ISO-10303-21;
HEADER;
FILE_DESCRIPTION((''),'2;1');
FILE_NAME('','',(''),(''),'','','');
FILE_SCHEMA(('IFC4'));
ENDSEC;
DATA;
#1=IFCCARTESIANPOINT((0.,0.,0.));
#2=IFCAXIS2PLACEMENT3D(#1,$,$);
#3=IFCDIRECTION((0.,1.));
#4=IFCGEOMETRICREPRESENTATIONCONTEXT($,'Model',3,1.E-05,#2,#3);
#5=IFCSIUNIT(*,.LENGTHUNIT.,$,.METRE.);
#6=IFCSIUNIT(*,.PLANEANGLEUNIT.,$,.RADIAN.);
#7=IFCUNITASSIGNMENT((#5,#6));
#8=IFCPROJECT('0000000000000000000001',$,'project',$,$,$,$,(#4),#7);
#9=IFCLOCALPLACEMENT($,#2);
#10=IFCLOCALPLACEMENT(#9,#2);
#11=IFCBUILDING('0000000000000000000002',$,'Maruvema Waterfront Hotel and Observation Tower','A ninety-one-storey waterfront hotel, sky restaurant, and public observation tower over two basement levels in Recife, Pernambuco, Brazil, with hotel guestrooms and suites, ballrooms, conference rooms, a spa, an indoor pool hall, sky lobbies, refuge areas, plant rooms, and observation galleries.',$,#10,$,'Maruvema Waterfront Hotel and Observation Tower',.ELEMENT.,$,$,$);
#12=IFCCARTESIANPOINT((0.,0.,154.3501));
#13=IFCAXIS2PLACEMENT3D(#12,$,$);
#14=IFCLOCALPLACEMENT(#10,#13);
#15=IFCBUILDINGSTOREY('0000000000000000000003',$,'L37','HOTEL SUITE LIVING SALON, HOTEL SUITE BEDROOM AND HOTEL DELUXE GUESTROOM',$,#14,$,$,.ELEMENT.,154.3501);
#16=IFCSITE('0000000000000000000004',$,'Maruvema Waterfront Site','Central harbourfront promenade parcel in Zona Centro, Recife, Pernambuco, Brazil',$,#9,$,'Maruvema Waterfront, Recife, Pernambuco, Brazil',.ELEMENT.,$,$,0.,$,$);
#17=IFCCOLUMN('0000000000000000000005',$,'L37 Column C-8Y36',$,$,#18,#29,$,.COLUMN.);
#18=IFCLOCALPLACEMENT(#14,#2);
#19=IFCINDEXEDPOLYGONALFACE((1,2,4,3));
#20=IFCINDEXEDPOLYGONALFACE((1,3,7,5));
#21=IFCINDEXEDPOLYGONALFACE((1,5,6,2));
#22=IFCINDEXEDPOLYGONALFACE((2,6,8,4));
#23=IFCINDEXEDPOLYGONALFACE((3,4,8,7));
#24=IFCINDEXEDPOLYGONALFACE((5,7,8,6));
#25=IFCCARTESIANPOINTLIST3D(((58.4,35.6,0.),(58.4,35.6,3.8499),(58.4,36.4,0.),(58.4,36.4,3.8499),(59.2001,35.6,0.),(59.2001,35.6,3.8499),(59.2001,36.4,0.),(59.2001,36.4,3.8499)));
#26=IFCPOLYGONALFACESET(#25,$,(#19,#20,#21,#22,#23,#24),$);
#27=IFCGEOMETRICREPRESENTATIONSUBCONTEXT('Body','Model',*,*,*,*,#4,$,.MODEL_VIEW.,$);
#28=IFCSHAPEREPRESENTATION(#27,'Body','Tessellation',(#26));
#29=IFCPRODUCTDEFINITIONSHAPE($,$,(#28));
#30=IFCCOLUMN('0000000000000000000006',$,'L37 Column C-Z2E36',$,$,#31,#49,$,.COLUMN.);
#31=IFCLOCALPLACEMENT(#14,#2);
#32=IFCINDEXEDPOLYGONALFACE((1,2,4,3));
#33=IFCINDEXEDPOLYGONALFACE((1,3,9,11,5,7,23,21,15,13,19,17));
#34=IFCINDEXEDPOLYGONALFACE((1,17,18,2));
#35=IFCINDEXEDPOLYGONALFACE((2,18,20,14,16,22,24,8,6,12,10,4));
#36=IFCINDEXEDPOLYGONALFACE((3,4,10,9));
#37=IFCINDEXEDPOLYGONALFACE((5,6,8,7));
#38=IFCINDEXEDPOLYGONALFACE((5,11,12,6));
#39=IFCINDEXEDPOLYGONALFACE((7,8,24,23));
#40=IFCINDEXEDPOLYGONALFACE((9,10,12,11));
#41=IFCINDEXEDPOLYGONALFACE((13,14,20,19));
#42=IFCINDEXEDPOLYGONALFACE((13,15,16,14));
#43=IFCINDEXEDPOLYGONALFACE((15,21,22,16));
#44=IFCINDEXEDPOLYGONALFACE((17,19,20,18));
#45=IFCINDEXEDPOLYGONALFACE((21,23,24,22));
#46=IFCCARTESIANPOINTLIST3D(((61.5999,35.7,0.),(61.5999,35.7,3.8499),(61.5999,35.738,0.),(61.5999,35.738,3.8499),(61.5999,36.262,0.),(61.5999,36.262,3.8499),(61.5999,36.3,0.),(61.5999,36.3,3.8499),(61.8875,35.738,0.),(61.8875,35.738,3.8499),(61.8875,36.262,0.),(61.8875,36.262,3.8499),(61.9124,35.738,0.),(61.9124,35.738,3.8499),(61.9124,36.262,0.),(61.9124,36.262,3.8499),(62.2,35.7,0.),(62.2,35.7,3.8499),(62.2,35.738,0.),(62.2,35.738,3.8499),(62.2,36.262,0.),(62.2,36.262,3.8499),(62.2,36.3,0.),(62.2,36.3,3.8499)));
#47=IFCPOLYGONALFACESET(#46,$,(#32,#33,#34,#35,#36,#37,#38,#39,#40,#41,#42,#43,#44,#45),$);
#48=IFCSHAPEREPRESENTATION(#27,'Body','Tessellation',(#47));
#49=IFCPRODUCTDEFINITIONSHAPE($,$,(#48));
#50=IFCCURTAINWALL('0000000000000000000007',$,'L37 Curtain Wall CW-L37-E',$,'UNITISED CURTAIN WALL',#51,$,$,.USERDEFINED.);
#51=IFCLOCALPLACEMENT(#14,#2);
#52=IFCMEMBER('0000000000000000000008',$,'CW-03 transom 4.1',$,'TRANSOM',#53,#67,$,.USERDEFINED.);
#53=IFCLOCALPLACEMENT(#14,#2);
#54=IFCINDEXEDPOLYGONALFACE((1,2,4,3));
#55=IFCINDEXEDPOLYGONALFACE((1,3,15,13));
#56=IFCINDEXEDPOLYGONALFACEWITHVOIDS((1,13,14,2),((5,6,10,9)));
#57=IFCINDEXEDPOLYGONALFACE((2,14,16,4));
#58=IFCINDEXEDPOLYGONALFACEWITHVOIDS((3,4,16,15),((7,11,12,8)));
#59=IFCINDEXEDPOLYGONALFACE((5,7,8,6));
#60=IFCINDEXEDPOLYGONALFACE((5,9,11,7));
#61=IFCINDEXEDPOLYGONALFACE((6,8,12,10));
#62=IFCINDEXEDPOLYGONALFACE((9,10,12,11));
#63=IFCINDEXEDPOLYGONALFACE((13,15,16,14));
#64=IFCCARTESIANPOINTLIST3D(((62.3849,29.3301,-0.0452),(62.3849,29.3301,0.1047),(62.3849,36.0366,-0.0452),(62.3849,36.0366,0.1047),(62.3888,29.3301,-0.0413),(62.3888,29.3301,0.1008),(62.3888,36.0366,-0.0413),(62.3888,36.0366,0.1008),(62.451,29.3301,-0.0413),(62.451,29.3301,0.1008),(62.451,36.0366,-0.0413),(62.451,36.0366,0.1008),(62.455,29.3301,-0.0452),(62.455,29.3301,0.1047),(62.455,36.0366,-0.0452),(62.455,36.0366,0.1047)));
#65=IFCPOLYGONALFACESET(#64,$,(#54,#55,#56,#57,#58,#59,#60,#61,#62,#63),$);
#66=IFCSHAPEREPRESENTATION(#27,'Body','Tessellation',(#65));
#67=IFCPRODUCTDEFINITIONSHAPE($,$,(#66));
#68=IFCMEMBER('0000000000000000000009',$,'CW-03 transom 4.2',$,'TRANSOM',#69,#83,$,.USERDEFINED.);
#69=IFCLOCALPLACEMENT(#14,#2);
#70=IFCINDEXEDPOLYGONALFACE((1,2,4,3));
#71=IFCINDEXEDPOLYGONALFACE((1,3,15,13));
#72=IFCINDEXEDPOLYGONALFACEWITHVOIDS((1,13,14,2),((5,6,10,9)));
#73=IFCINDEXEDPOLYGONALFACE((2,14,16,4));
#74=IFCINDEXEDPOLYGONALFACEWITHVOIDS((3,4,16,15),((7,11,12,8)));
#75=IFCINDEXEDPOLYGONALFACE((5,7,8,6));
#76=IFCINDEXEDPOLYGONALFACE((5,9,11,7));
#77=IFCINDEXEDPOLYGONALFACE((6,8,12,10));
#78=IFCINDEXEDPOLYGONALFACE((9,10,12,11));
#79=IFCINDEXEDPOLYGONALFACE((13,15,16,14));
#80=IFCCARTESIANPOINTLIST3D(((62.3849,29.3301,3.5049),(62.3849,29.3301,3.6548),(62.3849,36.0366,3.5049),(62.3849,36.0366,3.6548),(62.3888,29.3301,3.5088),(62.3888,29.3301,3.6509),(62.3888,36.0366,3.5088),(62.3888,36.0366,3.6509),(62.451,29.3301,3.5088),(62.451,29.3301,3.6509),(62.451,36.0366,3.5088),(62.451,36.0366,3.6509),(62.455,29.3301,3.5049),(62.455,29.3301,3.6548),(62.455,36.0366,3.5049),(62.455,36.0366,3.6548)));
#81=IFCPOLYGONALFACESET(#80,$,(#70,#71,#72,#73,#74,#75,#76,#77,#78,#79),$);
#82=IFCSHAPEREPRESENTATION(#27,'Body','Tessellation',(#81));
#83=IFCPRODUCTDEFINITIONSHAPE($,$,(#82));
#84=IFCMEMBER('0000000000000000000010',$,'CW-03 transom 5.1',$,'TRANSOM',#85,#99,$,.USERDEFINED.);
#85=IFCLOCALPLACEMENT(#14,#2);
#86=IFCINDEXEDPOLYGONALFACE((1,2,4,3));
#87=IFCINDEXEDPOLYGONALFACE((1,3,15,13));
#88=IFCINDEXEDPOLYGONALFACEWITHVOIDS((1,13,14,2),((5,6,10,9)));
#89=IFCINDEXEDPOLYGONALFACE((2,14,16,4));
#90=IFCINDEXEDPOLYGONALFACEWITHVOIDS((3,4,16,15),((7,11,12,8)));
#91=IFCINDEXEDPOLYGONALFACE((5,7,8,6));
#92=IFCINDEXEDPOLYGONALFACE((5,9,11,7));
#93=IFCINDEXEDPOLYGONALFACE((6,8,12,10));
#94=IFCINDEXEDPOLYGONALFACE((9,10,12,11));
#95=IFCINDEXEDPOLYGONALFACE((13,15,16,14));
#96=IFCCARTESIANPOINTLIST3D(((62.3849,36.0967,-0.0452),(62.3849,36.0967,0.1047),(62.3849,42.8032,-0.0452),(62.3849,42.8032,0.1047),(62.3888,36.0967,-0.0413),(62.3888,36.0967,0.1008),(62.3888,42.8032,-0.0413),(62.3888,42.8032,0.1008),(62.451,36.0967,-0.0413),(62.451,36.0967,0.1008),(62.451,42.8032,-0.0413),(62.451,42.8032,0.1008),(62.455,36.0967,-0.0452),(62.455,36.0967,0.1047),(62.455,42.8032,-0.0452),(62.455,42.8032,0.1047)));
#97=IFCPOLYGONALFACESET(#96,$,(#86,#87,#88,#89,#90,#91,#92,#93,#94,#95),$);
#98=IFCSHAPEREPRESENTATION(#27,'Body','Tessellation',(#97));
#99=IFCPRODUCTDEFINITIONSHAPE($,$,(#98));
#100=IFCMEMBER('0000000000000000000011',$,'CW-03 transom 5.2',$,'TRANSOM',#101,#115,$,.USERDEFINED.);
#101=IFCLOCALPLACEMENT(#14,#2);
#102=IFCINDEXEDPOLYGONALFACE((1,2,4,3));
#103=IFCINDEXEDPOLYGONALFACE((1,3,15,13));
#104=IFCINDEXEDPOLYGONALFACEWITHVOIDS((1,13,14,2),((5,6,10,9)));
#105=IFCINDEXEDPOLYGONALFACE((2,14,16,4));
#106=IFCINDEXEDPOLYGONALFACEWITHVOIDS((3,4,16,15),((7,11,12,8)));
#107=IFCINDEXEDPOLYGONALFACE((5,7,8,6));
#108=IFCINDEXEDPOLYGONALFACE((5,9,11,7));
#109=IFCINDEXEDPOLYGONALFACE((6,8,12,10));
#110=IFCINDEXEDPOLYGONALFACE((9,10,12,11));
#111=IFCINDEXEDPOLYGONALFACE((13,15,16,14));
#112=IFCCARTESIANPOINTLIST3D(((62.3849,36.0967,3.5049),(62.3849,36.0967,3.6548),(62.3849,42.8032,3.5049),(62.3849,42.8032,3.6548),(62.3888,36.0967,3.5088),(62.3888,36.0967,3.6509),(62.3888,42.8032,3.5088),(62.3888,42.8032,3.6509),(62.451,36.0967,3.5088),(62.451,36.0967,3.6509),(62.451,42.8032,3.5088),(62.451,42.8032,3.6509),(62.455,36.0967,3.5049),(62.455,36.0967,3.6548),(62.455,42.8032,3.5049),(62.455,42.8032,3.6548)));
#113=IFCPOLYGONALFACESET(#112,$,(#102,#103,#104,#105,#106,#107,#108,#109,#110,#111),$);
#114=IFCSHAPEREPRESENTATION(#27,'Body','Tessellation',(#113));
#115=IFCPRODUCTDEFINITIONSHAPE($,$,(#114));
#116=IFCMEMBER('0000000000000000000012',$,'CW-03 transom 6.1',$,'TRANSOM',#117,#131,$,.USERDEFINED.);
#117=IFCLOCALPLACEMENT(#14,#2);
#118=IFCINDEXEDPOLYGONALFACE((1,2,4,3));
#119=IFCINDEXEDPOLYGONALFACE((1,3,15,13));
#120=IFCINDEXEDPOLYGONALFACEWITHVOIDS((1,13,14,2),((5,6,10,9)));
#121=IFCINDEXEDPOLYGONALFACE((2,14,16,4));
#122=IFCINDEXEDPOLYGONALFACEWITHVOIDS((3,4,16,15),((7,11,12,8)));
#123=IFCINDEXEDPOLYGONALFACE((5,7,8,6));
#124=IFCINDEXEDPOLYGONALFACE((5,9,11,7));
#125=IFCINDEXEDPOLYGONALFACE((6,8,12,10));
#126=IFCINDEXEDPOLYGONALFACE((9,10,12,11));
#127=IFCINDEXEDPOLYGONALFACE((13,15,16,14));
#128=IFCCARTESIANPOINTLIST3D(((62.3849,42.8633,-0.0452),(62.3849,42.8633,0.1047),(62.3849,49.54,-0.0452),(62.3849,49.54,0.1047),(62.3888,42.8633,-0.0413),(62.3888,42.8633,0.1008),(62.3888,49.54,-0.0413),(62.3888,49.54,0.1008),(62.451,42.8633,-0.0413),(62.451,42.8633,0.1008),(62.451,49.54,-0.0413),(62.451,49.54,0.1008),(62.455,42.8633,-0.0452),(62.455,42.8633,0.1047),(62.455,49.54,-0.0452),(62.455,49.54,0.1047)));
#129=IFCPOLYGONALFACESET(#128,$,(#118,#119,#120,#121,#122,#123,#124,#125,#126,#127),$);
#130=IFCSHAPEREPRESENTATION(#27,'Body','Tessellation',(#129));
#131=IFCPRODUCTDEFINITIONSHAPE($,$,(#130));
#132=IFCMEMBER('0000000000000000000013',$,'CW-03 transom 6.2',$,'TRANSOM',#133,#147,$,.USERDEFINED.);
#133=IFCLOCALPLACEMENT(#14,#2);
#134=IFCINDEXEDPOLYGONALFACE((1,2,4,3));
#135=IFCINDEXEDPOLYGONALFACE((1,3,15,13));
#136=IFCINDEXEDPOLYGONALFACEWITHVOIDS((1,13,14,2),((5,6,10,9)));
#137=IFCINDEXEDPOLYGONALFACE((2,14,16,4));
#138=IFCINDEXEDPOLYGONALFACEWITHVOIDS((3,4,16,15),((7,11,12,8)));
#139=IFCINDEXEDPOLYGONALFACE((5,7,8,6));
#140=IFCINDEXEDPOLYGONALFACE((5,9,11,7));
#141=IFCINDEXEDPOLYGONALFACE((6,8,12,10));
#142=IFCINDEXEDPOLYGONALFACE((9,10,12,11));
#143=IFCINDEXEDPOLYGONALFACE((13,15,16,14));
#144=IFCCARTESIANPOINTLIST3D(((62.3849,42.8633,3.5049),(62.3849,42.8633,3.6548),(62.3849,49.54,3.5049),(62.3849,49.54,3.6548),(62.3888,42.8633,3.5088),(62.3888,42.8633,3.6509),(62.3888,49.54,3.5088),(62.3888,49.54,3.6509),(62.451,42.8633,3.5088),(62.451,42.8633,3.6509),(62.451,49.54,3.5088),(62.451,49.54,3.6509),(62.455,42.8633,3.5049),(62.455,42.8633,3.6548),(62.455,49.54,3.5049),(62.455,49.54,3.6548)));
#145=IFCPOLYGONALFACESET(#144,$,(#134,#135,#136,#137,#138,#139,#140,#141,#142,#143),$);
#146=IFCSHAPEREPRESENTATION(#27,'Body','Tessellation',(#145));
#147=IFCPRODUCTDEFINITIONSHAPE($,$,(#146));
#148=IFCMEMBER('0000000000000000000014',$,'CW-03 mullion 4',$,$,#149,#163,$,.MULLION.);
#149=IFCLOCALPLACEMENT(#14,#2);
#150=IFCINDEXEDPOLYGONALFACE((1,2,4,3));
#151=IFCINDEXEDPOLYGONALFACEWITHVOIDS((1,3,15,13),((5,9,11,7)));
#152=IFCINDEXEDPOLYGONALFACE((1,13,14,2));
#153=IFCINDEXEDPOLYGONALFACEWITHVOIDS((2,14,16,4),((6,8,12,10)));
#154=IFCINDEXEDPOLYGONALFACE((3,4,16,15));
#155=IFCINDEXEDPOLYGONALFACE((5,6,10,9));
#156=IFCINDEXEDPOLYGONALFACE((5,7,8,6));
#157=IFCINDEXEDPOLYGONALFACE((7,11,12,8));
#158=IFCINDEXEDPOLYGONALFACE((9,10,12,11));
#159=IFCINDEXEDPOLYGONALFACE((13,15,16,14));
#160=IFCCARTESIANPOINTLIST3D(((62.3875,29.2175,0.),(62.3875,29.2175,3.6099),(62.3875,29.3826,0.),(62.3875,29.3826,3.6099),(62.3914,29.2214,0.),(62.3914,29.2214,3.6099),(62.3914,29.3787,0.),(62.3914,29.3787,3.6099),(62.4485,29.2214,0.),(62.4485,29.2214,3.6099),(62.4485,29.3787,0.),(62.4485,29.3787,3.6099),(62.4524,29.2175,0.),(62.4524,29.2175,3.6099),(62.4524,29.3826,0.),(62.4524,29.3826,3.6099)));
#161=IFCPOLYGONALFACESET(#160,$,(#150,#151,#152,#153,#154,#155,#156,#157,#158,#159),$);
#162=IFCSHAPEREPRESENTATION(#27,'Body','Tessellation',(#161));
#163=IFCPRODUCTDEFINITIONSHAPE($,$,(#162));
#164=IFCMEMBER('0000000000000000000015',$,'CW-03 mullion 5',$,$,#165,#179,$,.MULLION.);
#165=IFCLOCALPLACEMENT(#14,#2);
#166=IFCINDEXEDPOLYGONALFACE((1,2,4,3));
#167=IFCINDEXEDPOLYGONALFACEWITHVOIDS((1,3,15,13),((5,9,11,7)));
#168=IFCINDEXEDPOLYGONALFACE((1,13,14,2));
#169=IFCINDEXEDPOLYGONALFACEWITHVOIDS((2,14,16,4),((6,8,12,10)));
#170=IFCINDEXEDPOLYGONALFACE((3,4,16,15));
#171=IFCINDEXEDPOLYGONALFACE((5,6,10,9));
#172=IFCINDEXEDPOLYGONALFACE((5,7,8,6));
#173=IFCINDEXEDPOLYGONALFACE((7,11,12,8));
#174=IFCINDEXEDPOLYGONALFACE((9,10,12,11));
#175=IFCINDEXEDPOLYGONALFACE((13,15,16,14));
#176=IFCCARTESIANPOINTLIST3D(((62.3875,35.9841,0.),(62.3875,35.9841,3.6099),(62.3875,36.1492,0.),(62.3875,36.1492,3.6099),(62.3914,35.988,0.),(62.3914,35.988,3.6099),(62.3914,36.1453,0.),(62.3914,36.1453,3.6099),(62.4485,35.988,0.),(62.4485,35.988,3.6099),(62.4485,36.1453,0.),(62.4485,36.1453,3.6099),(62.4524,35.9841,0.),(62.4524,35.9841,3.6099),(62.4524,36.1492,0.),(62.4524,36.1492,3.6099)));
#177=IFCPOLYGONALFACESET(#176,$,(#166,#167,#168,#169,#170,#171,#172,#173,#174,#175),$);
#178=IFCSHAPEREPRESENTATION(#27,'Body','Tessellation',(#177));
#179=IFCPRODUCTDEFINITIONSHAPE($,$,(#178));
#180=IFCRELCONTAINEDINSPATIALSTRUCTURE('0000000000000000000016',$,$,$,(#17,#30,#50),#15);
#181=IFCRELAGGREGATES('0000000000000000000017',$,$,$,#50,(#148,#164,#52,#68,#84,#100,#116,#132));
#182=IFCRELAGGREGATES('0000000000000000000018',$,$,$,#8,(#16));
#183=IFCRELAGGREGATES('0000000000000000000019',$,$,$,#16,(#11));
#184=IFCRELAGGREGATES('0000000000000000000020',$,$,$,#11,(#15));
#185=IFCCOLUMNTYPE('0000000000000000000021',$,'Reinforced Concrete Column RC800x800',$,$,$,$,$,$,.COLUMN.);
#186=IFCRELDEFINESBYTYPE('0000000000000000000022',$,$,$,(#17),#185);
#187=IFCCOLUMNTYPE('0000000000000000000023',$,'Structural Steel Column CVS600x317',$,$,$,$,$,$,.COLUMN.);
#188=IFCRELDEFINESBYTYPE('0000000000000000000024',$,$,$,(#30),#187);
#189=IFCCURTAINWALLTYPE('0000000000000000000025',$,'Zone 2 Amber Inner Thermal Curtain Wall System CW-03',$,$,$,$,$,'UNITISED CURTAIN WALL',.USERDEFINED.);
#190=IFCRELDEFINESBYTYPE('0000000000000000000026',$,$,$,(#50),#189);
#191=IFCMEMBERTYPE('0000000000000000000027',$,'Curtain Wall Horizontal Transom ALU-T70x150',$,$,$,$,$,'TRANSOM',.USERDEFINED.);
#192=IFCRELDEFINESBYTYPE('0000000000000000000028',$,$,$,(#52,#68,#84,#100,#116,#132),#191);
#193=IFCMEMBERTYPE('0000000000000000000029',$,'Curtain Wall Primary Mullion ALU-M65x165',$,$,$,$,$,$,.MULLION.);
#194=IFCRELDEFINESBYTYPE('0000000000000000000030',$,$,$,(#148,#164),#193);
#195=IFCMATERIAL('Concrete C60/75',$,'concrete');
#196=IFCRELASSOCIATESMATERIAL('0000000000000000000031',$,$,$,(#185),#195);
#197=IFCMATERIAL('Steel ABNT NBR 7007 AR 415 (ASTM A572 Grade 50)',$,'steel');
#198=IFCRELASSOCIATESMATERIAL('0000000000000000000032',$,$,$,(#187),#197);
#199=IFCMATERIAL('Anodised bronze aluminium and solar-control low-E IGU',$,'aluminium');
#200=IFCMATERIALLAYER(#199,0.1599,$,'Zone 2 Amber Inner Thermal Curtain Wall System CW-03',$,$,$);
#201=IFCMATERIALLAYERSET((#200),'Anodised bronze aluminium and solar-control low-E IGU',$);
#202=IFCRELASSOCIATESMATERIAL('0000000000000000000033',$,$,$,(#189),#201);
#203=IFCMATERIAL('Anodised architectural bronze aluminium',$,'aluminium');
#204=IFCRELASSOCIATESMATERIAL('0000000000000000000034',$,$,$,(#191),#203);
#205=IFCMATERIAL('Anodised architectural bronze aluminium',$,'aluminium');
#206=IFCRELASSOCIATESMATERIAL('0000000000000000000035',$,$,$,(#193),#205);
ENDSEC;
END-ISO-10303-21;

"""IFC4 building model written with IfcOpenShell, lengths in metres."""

from ifc_helpers import new_model, si_unit, direction, frame, origin, origin_2d, place, context, subcontext, project, spatial, rectangle, hollow_rectangle, i_section, extrude, material, layer, layer_set, material_profile, profile_set, type_object, element, aggregate, save


model = new_model("IFC4")

# Units and contexts
model_context = context("Model", 3, precision=1e-05, world=origin(), true_north=direction((0.0, 1.0)))
body_context = subcontext(model_context, "Body", "Model", "MODEL_VIEW")
ifc_project = project(units=[si_unit("LENGTHUNIT", "METRE"), si_unit("PLANEANGLEUNIT", "RADIAN")], contexts=[model_context])

# Site, building, storey
site_placement = place(None, origin())
site = spatial("IfcSite", under=ifc_project, at=site_placement, Name="Maruvema Waterfront Site", Description="Central harbourfront promenade parcel in Zona Centro, Recife, Pernambuco, Brazil", LongName="Maruvema Waterfront, Recife, Pernambuco, Brazil", CompositionType="ELEMENT", RefElevation=0.0)
building_placement = place(site_placement, origin())
building = spatial("IfcBuilding", under=site, at=building_placement, Name="Maruvema Waterfront Hotel and Observation Tower", Description="A ninety-one-storey waterfront hotel, sky restaurant, and public observation tower over two basement levels in Recife, Pernambuco, Brazil, with hotel guestrooms and suites, ballrooms, conference rooms, a spa, an indoor pool hall, sky lobbies, refuge areas, plant rooms, and observation galleries.", LongName="Maruvema Waterfront Hotel and Observation Tower", CompositionType="ELEMENT")
storey_placement = place(building_placement, frame((0.0, 0.0, 154.3501)))
storey = spatial("IfcBuildingStorey", under=building, at=storey_placement, Name="L37", Description="HOTEL SUITE LIVING SALON, HOTEL SUITE BEDROOM AND HOTEL DELUXE GUESTROOM", CompositionType="ELEMENT", Elevation=154.3501)

# Columns
ifc_material_1 = material(Name="Concrete C60/75", Category="concrete")
ifc_material_profile_1 = material_profile(ifc_material_1, rectangle(XDim=0.8, YDim=0.8, at=origin_2d()), Name="RC800x800")
ifc_profile_set_1 = profile_set([ifc_material_profile_1], Name="Concrete C60/75")
column_type_1 = type_object("IfcColumnType", Name="Reinforced Concrete Column RC800x800", PredefinedType="COLUMN", material=ifc_profile_set_1)
column_1_placement = place(storey_placement, frame((58.8, 36.0, 0.0), z_axis=(0.0, 0.0, 1.0), x_axis=(1.0, 0.0, 0.0)))
element("IfcColumn", 1, at=column_1_placement, inside=storey, type_object=column_type_1, Name="L37 Column C-8Y36", PredefinedType="COLUMN", context=body_context, shape_type="SweptSolid", body=[
    extrude(rectangle(XDim=0.8, YDim=0.8, at=origin_2d()), origin(), (0.0, 0.0, 1.0), 3.8499),
])
ifc_material_2 = material(Name="Steel ABNT NBR 7007 AR 415 (ASTM A572 Grade 50)", Category="steel")
ifc_material_profile_2 = material_profile(ifc_material_2, i_section(OverallWidth=0.6001, OverallDepth=0.6001, WebThickness=0.0249, FlangeThickness=0.0381, at=origin_2d()), Name="CVS600x317")
ifc_profile_set_2 = profile_set([ifc_material_profile_2], Name="Steel ABNT NBR 7007 AR 415 (ASTM A572 Grade 50)")
column_type_2 = type_object("IfcColumnType", Name="Structural Steel Column CVS600x317", PredefinedType="COLUMN", material=ifc_profile_set_2)
column_2_placement = place(storey_placement, frame((61.8999, 36.0, 0.0), z_axis=(0.0, 0.0, 1.0), x_axis=(1.0, 0.0, 0.0)))
element("IfcColumn", 2, at=column_2_placement, inside=storey, type_object=column_type_2, Name="L37 Column C-Z2E36", PredefinedType="COLUMN", context=body_context, shape_type="SweptSolid", body=[
    extrude(i_section(OverallWidth=0.6001, OverallDepth=0.6001, WebThickness=0.0249, FlangeThickness=0.0381, at=origin_2d()), origin(), (0.0, 0.0, 1.0), 3.8499),
])

# Curtain wall, members
ifc_material_3 = material(Name="Anodised bronze aluminium and solar-control low-E IGU", Category="aluminium")
ifc_layer_1 = layer(ifc_material_3, 0.1599, Name="Zone 2 Amber Inner Thermal Curtain Wall System CW-03")
ifc_layer_set_1 = layer_set([ifc_layer_1], Name="Anodised bronze aluminium and solar-control low-E IGU")
curtain_wall_type = type_object("IfcCurtainWallType", Name="Zone 2 Amber Inner Thermal Curtain Wall System CW-03", ElementType="UNITISED CURTAIN WALL", PredefinedType="USERDEFINED", material=ifc_layer_set_1)
curtain_wall_placement = place(storey_placement, origin())
curtain_wall = element("IfcCurtainWall", 3, at=curtain_wall_placement, inside=storey, type_object=curtain_wall_type, Name="L37 Curtain Wall CW-L37-E", ObjectType="UNITISED CURTAIN WALL", PredefinedType="USERDEFINED")
ifc_material_4 = material(Name="Anodised architectural bronze aluminium", Category="aluminium")
ifc_material_profile_3 = material_profile(ifc_material_4, hollow_rectangle(XDim=0.0701, YDim=0.1499, WallThickness=0.0039, at=origin_2d()), Name="ALU-T70x150")
ifc_profile_set_3 = profile_set([ifc_material_profile_3], Name="Anodised architectural bronze aluminium")
member_type_1 = type_object("IfcMemberType", Name="Curtain Wall Horizontal Transom ALU-T70x150", ElementType="TRANSOM", PredefinedType="USERDEFINED", material=ifc_profile_set_3)
member_1_placement = place(storey_placement, frame((62.4199, 29.3301, 0.0298), z_axis=(0.0, 1.0, 0.0), x_axis=(-1.0, 0.0, 0.0)))
member_1 = element("IfcMember", 4, at=member_1_placement, type_object=member_type_1, Name="CW-03 transom 4.1", ObjectType="TRANSOM", PredefinedType="USERDEFINED", context=body_context, shape_type="SweptSolid", body=[
    extrude(hollow_rectangle(XDim=0.0701, YDim=0.1499, WallThickness=0.0039, at=origin_2d()), origin(), (0.0, 0.0, 1.0), 6.7065),
])
member_2_placement = place(storey_placement, frame((62.4199, 29.3301, 3.5798), z_axis=(0.0, 1.0, 0.0), x_axis=(-1.0, 0.0, 0.0)))
member_2 = element("IfcMember", 5, at=member_2_placement, type_object=member_type_1, Name="CW-03 transom 4.2", ObjectType="TRANSOM", PredefinedType="USERDEFINED", context=body_context, shape_type="SweptSolid", body=[
    extrude(hollow_rectangle(XDim=0.0701, YDim=0.1499, WallThickness=0.0039, at=origin_2d()), origin(), (0.0, 0.0, 1.0), 6.7065),
])
member_3_placement = place(storey_placement, frame((62.4199, 36.0967, 0.0298), z_axis=(0.0, 1.0, 0.0), x_axis=(-1.0, 0.0, 0.0)))
member_3 = element("IfcMember", 6, at=member_3_placement, type_object=member_type_1, Name="CW-03 transom 5.1", ObjectType="TRANSOM", PredefinedType="USERDEFINED", context=body_context, shape_type="SweptSolid", body=[
    extrude(hollow_rectangle(XDim=0.0701, YDim=0.1499, WallThickness=0.0039, at=origin_2d()), origin(), (0.0, 0.0, 1.0), 6.7065),
])
member_4_placement = place(storey_placement, frame((62.4199, 36.0967, 3.5798), z_axis=(0.0, 1.0, 0.0), x_axis=(-1.0, 0.0, 0.0)))
member_4 = element("IfcMember", 7, at=member_4_placement, type_object=member_type_1, Name="CW-03 transom 5.2", ObjectType="TRANSOM", PredefinedType="USERDEFINED", context=body_context, shape_type="SweptSolid", body=[
    extrude(hollow_rectangle(XDim=0.0701, YDim=0.1499, WallThickness=0.0039, at=origin_2d()), origin(), (0.0, 0.0, 1.0), 6.7065),
])
member_5_placement = place(storey_placement, frame((62.4199, 42.8633, 0.0298), z_axis=(0.0, 1.0, 0.0), x_axis=(-1.0, 0.0, 0.0)))
member_5 = element("IfcMember", 8, at=member_5_placement, type_object=member_type_1, Name="CW-03 transom 6.1", ObjectType="TRANSOM", PredefinedType="USERDEFINED", context=body_context, shape_type="SweptSolid", body=[
    extrude(hollow_rectangle(XDim=0.0701, YDim=0.1499, WallThickness=0.0039, at=origin_2d()), origin(), (0.0, 0.0, 1.0), 6.6768),
])
member_6_placement = place(storey_placement, frame((62.4199, 42.8633, 3.5798), z_axis=(0.0, 1.0, 0.0), x_axis=(-1.0, 0.0, 0.0)))
member_6 = element("IfcMember", 9, at=member_6_placement, type_object=member_type_1, Name="CW-03 transom 6.2", ObjectType="TRANSOM", PredefinedType="USERDEFINED", context=body_context, shape_type="SweptSolid", body=[
    extrude(hollow_rectangle(XDim=0.0701, YDim=0.1499, WallThickness=0.0039, at=origin_2d()), origin(), (0.0, 0.0, 1.0), 6.6768),
])
ifc_material_5 = material(Name="Anodised architectural bronze aluminium", Category="aluminium")
ifc_material_profile_4 = material_profile(ifc_material_5, hollow_rectangle(XDim=0.0649, YDim=0.165, WallThickness=0.0039, at=origin_2d()), Name="ALU-M65x165")
ifc_profile_set_4 = profile_set([ifc_material_profile_4], Name="Anodised architectural bronze aluminium")
member_type_2 = type_object("IfcMemberType", Name="Curtain Wall Primary Mullion ALU-M65x165", PredefinedType="MULLION", material=ifc_profile_set_4)
member_7_placement = place(storey_placement, frame((62.4199, 29.3, 0.0), z_axis=(0.0, 0.0, 1.0), x_axis=(-1.0, 0.0, 0.0)))
member_7 = element("IfcMember", 10, at=member_7_placement, type_object=member_type_2, Name="CW-03 mullion 4", PredefinedType="MULLION", context=body_context, shape_type="SweptSolid", body=[
    extrude(hollow_rectangle(XDim=0.0649, YDim=0.165, WallThickness=0.0039, at=origin_2d()), origin(), (0.0, 0.0, 1.0), 3.6099),
])
member_8_placement = place(storey_placement, frame((62.4199, 36.0667, 0.0), z_axis=(0.0, 0.0, 1.0), x_axis=(-1.0, 0.0, 0.0)))
member_8 = element("IfcMember", 11, at=member_8_placement, type_object=member_type_2, Name="CW-03 mullion 5", PredefinedType="MULLION", context=body_context, shape_type="SweptSolid", body=[
    extrude(hollow_rectangle(XDim=0.0649, YDim=0.165, WallThickness=0.0039, at=origin_2d()), origin(), (0.0, 0.0, 1.0), 3.6099),
])

aggregate(curtain_wall, [member_7, member_8, member_1, member_2, member_3, member_4, member_5, member_6])

save(model, "model.ifc")
